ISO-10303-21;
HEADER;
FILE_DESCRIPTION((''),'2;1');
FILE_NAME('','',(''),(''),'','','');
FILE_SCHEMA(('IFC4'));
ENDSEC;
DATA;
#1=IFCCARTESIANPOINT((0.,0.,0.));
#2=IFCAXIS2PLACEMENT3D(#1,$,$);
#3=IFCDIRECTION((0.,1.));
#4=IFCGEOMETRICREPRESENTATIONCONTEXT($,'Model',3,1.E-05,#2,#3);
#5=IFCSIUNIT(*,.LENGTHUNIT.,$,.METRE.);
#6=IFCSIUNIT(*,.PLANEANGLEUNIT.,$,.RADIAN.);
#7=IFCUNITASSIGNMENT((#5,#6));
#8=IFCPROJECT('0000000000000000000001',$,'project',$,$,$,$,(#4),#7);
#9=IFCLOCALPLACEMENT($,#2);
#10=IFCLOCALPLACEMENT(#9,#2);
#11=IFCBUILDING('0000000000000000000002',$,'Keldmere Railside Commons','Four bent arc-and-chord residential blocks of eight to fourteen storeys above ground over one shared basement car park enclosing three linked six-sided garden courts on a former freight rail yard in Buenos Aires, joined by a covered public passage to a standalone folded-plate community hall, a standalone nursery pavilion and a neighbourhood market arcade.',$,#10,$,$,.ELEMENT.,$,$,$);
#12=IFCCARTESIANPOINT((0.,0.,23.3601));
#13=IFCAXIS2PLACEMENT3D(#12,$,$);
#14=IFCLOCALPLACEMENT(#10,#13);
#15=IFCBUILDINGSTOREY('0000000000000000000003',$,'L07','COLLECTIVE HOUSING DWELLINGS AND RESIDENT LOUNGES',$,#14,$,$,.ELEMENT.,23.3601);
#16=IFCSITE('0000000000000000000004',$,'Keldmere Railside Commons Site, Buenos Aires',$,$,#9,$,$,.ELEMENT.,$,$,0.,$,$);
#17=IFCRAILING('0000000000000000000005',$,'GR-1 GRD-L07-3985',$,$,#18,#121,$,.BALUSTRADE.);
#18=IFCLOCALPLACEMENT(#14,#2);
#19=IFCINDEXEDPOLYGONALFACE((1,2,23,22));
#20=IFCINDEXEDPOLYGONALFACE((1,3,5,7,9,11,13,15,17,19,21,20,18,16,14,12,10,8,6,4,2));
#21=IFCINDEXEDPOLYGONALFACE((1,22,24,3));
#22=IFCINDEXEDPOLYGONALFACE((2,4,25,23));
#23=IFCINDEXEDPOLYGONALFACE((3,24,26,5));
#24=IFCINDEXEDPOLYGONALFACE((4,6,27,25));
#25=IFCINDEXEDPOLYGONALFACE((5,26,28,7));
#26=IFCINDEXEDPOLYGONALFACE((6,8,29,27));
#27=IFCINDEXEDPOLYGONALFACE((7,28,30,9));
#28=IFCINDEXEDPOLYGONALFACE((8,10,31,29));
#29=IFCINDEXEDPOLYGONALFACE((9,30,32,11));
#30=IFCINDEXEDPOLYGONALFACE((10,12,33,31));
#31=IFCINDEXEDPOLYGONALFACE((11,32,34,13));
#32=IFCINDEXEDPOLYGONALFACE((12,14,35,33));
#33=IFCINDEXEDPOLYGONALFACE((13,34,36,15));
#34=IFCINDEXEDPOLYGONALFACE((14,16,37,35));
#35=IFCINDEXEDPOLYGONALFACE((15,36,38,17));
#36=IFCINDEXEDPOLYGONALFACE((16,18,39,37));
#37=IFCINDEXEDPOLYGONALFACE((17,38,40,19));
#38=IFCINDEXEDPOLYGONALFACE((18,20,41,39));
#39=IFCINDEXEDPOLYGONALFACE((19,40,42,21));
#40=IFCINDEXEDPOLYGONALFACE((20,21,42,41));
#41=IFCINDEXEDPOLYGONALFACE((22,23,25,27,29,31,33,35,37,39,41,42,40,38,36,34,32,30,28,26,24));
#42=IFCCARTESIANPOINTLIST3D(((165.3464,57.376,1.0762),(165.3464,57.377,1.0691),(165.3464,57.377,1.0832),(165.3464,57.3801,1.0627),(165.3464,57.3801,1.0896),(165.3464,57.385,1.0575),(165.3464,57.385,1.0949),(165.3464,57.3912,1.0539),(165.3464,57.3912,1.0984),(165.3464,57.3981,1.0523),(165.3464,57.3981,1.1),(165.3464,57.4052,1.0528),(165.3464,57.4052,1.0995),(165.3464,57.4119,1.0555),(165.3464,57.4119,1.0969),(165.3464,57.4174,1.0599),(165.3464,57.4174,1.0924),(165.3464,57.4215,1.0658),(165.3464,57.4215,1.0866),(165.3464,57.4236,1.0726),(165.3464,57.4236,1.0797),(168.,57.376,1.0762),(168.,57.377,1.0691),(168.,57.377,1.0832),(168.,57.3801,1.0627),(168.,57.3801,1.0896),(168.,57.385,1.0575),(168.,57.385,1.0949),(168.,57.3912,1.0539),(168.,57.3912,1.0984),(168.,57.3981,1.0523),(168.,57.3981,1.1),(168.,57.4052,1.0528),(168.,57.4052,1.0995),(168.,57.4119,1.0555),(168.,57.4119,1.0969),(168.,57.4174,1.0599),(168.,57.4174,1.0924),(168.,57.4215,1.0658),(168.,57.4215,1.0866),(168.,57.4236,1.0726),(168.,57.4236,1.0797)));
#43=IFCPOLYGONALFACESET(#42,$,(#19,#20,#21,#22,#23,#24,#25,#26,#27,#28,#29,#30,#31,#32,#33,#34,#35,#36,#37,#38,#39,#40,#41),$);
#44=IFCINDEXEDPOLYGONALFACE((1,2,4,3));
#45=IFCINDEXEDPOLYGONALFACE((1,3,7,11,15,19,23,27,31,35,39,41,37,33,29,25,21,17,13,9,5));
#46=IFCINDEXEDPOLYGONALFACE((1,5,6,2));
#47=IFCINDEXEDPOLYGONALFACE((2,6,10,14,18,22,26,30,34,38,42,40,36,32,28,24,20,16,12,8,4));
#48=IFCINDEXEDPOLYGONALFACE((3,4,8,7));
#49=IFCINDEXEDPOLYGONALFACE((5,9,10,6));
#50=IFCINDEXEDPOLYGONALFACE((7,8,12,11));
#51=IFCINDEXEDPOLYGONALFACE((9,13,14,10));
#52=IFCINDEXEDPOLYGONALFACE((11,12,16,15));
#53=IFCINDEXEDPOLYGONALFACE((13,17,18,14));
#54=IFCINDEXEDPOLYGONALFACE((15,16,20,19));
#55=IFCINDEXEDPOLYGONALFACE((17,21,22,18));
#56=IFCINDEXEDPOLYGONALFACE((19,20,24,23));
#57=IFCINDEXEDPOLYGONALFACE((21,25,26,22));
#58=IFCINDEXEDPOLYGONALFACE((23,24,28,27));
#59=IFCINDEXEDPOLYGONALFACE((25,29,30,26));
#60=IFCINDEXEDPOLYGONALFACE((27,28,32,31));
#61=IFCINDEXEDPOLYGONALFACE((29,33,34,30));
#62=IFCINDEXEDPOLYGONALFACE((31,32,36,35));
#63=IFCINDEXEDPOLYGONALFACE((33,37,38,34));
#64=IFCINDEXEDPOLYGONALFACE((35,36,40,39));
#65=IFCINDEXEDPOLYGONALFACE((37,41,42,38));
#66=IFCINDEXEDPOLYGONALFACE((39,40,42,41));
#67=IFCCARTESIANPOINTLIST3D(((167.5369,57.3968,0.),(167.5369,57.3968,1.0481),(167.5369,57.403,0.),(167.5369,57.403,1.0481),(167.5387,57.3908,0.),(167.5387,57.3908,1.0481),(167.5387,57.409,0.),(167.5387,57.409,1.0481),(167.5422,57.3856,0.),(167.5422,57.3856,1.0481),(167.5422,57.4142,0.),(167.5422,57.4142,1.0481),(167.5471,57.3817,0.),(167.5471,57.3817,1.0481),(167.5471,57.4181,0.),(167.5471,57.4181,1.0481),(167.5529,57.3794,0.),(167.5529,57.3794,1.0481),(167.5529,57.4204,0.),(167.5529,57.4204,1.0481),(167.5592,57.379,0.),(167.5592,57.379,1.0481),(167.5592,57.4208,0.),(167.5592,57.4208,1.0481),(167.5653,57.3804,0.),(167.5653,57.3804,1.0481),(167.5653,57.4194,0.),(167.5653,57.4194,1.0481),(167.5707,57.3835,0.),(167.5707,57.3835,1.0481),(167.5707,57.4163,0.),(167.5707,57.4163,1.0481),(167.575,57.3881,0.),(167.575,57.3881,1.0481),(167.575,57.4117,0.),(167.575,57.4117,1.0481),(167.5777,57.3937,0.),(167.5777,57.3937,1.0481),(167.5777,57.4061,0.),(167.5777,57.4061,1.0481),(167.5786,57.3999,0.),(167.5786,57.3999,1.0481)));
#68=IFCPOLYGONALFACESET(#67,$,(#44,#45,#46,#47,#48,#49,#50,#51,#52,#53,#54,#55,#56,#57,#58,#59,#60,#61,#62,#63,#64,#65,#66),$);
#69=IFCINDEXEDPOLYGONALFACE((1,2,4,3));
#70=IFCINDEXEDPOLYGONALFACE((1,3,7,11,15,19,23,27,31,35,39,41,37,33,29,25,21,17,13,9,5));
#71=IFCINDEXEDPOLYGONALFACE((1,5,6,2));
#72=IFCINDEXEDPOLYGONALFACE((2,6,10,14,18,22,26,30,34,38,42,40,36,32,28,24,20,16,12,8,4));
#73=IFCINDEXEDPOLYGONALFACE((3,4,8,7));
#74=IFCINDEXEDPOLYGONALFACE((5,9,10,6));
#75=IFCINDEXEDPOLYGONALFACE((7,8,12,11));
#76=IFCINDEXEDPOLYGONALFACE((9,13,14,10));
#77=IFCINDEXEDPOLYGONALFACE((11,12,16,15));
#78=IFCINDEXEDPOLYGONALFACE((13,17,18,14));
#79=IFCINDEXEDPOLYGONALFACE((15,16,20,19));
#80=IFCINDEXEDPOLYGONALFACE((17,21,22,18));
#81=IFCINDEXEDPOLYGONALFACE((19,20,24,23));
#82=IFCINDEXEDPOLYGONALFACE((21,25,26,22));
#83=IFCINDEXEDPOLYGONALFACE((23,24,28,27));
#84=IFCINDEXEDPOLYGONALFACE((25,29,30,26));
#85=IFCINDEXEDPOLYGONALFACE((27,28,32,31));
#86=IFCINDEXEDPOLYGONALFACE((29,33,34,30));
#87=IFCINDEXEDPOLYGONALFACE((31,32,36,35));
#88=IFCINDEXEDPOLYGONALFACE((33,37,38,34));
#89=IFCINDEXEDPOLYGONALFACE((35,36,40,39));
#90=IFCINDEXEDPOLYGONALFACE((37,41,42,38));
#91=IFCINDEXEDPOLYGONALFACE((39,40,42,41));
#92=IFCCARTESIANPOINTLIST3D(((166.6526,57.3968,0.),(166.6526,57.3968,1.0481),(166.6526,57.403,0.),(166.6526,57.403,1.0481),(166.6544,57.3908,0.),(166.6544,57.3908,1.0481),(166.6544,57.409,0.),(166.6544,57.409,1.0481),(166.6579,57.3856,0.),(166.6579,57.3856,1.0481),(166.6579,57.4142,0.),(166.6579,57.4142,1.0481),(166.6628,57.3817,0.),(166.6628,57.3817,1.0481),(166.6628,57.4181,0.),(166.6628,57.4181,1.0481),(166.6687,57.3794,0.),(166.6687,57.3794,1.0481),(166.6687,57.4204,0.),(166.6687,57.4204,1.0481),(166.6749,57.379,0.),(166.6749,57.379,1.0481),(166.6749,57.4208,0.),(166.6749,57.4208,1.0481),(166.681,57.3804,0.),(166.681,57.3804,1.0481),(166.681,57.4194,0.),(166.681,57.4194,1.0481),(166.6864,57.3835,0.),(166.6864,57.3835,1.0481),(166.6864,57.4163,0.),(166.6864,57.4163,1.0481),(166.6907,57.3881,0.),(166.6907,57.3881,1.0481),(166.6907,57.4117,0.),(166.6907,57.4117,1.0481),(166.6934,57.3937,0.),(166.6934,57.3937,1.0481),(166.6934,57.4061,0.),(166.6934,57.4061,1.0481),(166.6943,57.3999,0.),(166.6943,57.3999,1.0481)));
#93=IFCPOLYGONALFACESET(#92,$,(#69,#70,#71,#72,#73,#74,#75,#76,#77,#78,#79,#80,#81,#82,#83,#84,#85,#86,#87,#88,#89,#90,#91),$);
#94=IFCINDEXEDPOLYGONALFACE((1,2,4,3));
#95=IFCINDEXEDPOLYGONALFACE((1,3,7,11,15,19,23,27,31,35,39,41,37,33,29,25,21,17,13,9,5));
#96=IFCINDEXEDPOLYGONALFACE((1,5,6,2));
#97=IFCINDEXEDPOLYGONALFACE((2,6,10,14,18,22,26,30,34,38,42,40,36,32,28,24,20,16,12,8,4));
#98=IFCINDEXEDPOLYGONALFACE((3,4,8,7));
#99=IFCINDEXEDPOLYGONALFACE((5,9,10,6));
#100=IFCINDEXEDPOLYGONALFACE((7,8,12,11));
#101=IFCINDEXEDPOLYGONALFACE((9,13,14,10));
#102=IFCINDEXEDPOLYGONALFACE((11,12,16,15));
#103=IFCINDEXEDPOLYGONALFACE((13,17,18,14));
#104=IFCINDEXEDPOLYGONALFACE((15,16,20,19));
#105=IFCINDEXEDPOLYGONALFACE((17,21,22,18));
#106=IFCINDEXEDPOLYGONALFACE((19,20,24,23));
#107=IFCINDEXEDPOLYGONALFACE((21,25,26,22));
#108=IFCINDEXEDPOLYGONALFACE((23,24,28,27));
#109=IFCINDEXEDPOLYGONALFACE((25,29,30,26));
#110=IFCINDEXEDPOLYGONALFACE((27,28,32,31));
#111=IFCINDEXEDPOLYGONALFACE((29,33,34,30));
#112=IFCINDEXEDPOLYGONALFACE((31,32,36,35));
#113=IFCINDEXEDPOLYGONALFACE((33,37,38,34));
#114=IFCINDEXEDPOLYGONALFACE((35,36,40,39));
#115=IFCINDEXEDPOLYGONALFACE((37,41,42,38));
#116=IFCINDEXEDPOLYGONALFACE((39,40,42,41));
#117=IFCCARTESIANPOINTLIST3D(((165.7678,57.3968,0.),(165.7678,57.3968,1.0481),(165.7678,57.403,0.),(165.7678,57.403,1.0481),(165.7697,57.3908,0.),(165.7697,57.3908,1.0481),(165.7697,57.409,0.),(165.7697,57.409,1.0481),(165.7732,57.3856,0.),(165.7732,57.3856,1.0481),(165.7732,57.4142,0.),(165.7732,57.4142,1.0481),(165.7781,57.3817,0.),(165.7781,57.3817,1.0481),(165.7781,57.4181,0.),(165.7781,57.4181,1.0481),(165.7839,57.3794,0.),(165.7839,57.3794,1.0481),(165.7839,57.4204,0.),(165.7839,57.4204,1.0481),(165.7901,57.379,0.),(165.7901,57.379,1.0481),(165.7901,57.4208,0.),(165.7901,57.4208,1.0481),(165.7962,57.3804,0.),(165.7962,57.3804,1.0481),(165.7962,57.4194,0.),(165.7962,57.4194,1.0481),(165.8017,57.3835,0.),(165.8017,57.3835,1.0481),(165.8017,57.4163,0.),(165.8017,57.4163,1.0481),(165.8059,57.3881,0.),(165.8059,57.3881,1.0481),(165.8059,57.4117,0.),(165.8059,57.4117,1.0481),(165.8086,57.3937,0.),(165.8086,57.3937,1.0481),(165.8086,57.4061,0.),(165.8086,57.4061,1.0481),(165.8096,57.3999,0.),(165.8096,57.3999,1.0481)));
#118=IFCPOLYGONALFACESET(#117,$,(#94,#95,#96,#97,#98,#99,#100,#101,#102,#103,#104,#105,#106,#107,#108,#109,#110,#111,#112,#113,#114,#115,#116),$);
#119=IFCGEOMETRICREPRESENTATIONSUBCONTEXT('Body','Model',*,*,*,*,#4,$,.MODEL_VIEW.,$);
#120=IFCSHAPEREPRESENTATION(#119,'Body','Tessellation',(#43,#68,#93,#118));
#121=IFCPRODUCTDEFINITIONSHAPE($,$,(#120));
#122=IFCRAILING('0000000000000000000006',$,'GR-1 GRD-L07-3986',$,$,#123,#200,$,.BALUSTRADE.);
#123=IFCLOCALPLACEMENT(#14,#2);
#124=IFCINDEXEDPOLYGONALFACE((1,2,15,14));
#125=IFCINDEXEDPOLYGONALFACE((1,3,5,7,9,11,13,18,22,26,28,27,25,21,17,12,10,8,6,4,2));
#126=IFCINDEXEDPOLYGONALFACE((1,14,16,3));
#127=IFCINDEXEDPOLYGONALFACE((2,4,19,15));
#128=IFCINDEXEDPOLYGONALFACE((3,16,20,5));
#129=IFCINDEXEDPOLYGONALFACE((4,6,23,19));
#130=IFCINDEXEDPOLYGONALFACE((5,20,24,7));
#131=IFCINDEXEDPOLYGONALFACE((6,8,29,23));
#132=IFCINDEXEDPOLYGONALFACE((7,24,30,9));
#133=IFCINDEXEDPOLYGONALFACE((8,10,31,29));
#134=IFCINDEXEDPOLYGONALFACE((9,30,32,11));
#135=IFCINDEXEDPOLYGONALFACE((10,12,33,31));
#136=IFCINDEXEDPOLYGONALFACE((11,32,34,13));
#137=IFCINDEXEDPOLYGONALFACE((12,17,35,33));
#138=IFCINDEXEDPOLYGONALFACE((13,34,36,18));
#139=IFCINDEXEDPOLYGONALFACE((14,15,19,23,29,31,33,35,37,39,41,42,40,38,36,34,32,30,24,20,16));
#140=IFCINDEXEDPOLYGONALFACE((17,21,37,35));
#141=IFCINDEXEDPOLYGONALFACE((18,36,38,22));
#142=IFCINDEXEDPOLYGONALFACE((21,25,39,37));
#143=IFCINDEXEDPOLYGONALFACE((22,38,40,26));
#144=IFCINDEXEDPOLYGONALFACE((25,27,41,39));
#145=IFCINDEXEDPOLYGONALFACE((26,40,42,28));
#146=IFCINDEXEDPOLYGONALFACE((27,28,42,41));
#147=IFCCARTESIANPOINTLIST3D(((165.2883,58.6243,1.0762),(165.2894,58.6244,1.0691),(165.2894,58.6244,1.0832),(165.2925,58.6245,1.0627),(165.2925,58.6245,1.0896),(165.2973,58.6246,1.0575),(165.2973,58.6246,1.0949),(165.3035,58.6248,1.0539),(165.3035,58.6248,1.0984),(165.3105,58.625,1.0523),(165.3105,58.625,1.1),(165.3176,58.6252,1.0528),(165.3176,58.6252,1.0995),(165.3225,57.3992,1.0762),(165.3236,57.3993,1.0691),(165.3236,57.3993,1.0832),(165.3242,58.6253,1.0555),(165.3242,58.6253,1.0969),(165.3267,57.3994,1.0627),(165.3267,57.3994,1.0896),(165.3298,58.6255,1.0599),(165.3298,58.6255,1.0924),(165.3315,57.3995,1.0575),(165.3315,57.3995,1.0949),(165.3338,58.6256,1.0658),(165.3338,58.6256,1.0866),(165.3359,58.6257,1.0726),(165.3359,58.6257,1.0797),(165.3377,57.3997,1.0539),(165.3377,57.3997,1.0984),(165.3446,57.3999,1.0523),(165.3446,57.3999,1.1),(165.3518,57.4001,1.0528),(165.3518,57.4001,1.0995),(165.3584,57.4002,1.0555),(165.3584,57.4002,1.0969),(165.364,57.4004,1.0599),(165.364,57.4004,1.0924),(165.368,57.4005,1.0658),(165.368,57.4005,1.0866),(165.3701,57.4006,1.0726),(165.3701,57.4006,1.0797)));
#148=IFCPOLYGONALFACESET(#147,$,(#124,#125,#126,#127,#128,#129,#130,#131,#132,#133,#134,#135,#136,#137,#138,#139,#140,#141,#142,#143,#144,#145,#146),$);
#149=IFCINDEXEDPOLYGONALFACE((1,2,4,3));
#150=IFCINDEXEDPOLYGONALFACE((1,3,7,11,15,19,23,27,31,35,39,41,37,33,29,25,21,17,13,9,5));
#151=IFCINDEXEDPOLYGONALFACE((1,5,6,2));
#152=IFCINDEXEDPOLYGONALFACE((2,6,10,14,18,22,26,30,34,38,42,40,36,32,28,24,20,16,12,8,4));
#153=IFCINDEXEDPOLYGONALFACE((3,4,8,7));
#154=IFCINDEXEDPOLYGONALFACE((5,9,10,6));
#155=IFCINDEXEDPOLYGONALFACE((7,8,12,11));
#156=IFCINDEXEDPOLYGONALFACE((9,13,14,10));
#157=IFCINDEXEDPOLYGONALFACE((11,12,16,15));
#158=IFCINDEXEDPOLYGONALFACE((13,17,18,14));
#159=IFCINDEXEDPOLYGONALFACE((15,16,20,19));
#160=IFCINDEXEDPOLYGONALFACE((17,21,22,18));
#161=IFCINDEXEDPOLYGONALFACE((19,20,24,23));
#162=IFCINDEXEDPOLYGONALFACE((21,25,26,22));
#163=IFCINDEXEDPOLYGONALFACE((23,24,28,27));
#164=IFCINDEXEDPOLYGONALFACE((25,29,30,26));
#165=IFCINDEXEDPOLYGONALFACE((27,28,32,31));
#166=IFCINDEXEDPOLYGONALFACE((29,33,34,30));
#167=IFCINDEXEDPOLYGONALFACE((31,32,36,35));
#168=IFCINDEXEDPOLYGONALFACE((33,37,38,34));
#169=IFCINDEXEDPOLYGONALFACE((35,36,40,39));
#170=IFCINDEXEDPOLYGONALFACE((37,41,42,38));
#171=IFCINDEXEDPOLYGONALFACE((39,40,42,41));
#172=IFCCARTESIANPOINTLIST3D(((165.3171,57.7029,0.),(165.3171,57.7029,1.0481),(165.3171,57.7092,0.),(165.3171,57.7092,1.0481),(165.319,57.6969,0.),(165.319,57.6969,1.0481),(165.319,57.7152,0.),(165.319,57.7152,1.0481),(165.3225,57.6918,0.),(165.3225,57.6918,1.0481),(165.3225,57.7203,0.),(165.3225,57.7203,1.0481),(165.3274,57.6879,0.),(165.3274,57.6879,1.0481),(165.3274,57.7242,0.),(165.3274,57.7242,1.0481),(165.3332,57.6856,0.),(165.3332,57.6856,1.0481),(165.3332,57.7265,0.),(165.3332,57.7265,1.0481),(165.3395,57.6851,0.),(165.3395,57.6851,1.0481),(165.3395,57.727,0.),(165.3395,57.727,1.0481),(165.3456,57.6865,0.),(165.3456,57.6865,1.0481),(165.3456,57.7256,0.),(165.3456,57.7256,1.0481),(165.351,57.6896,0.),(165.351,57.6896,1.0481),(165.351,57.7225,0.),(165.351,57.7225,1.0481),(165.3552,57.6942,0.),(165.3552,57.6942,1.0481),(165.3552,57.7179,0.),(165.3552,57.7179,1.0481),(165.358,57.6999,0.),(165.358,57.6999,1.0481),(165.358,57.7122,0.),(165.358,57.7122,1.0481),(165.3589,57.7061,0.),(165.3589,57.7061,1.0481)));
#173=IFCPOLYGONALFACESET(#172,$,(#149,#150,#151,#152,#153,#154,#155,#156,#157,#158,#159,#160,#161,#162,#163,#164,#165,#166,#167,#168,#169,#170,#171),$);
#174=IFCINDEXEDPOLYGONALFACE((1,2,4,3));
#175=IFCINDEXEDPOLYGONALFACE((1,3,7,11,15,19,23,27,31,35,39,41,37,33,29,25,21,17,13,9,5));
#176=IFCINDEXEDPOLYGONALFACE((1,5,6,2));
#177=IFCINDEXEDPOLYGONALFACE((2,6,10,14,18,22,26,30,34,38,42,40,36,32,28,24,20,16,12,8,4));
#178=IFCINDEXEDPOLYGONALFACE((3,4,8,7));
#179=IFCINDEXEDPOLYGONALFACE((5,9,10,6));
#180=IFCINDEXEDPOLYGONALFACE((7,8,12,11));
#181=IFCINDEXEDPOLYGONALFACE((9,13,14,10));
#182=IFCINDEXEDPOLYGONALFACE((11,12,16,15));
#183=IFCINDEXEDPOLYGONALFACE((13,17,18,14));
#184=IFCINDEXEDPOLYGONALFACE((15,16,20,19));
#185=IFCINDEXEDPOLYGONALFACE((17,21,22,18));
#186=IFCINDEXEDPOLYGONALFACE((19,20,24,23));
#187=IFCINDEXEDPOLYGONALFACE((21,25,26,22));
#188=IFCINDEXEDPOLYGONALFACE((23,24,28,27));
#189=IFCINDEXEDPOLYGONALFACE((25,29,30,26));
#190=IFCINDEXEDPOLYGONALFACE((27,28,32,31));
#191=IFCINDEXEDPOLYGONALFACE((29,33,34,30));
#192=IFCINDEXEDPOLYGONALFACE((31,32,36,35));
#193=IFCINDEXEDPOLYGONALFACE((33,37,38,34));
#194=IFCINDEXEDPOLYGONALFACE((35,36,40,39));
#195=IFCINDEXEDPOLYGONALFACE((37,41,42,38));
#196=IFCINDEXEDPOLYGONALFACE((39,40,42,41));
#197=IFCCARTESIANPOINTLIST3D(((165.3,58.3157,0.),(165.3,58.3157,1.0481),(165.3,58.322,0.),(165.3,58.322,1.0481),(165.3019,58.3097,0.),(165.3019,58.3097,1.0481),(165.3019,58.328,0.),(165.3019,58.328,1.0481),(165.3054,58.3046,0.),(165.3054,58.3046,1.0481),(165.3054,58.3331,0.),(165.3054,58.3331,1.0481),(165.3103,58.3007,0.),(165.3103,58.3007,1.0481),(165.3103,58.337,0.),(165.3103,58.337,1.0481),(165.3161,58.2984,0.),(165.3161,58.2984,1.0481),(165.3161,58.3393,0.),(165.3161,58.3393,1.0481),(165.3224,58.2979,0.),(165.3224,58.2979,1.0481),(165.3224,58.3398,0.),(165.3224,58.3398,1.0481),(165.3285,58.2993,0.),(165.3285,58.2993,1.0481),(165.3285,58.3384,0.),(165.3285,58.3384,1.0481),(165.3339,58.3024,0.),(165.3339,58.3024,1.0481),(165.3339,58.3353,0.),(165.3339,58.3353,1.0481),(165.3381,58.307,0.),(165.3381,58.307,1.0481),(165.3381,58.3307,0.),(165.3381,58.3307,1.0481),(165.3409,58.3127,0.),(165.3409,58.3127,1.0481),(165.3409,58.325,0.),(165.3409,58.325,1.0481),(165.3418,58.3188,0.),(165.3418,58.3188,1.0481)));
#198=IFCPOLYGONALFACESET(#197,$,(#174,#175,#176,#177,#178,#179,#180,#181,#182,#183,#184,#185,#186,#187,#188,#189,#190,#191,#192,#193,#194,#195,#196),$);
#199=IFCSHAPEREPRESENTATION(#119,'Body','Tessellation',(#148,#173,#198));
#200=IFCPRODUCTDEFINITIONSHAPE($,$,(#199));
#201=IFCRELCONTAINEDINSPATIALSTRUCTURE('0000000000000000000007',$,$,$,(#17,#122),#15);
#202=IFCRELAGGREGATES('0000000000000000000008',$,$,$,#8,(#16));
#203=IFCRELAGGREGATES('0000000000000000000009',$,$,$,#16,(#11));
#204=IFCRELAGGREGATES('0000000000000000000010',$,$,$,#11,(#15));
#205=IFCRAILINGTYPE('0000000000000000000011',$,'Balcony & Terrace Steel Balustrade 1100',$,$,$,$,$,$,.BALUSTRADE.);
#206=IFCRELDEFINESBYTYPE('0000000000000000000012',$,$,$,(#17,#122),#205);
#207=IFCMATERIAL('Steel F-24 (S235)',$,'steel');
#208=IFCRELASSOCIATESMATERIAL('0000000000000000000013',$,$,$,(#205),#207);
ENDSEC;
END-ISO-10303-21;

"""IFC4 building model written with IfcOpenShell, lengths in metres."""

from ifc_helpers import new_model, si_unit, direction, frame, origin, origin_2d, place, context, subcontext, project, spatial, circle, extrude, material, type_object, element, save


model = new_model("IFC4")

# Units and contexts
model_context = context("Model", 3, precision=1e-05, world=origin(), true_north=direction((0.0, 1.0)))
body_context = subcontext(model_context, "Body", "Model", "MODEL_VIEW")
ifc_project = project(units=[si_unit("LENGTHUNIT", "METRE"), si_unit("PLANEANGLEUNIT", "RADIAN")], contexts=[model_context])

# Site, building, storey
site_placement = place(None, origin())
site = spatial("IfcSite", under=ifc_project, at=site_placement, Name="Keldmere Railside Commons Site, Buenos Aires", CompositionType="ELEMENT", RefElevation=0.0)
building_placement = place(site_placement, origin())
building = spatial("IfcBuilding", under=site, at=building_placement, Name="Keldmere Railside Commons", Description="Four bent arc-and-chord residential blocks of eight to fourteen storeys above ground over one shared basement car park enclosing three linked six-sided garden courts on a former freight rail yard in Buenos Aires, joined by a covered public passage to a standalone folded-plate community hall, a standalone nursery pavilion and a neighbourhood market arcade.", CompositionType="ELEMENT")
storey_placement = place(building_placement, frame((0.0, 0.0, 23.3601)))
storey = spatial("IfcBuildingStorey", under=building, at=storey_placement, Name="L07", Description="COLLECTIVE HOUSING DWELLINGS AND RESIDENT LOUNGES", CompositionType="ELEMENT", Elevation=23.3601)

# Railings
ifc_material_1 = material(Name="Steel F-24 (S235)", Category="steel")
railing_type = type_object("IfcRailingType", Name="Balcony & Terrace Steel Balustrade 1100", PredefinedType="BALUSTRADE", material=ifc_material_1)
railing_1_placement = place(storey_placement, frame((168.0, 57.3999, 0.0)))
element("IfcRailing", 1, at=railing_1_placement, inside=storey, type_object=railing_type, Name="GR-1 GRD-L07-3985", PredefinedType="BALUSTRADE", context=body_context, shape_type="SweptSolid", body=[
    extrude(circle(Radius=0.0239, at=origin_2d()), frame((0.0, 0.0, 1.0762), z_axis=(-1.0, 0.0, 0.0), x_axis=(0.0, -1.0, 0.0)), (0.0, 0.0, 1.0), 2.6536),
    extrude(circle(Radius=0.021, at=origin_2d()), frame((-0.4424, 0.0, 0.0)), (0.0, 0.0, 1.0), 1.0481),
    extrude(circle(Radius=0.021, at=origin_2d()), frame((-1.3267, 0.0, 0.0)), (0.0, 0.0, 1.0), 1.0481),
    extrude(circle(Radius=0.021, at=origin_2d()), frame((-2.2114, 0.0, 0.0)), (0.0, 0.0, 1.0), 1.0481),
])
railing_2_placement = place(storey_placement, frame((165.3464, 57.3999, 0.0)))
element("IfcRailing", 2, at=railing_2_placement, inside=storey, type_object=railing_type, Name="GR-1 GRD-L07-3986", PredefinedType="BALUSTRADE", context=body_context, shape_type="SweptSolid", body=[
    extrude(circle(Radius=0.0239, at=origin_2d()), frame((0.0, 0.0, 1.0762), z_axis=(-0.027889, 0.999611, 0.0), x_axis=(-0.999611, -0.027889, 0.0)), (0.0, 0.0, 1.0), 1.2256),
    extrude(circle(Radius=0.021, at=origin_2d()), frame((-0.0085, 0.3062, 0.0)), (0.0, 0.0, 1.0), 1.0481),
    extrude(circle(Radius=0.021, at=origin_2d()), frame((-0.0256, 0.9189, 0.0)), (0.0, 0.0, 1.0), 1.0481),
])

save(model, "model.ifc")
